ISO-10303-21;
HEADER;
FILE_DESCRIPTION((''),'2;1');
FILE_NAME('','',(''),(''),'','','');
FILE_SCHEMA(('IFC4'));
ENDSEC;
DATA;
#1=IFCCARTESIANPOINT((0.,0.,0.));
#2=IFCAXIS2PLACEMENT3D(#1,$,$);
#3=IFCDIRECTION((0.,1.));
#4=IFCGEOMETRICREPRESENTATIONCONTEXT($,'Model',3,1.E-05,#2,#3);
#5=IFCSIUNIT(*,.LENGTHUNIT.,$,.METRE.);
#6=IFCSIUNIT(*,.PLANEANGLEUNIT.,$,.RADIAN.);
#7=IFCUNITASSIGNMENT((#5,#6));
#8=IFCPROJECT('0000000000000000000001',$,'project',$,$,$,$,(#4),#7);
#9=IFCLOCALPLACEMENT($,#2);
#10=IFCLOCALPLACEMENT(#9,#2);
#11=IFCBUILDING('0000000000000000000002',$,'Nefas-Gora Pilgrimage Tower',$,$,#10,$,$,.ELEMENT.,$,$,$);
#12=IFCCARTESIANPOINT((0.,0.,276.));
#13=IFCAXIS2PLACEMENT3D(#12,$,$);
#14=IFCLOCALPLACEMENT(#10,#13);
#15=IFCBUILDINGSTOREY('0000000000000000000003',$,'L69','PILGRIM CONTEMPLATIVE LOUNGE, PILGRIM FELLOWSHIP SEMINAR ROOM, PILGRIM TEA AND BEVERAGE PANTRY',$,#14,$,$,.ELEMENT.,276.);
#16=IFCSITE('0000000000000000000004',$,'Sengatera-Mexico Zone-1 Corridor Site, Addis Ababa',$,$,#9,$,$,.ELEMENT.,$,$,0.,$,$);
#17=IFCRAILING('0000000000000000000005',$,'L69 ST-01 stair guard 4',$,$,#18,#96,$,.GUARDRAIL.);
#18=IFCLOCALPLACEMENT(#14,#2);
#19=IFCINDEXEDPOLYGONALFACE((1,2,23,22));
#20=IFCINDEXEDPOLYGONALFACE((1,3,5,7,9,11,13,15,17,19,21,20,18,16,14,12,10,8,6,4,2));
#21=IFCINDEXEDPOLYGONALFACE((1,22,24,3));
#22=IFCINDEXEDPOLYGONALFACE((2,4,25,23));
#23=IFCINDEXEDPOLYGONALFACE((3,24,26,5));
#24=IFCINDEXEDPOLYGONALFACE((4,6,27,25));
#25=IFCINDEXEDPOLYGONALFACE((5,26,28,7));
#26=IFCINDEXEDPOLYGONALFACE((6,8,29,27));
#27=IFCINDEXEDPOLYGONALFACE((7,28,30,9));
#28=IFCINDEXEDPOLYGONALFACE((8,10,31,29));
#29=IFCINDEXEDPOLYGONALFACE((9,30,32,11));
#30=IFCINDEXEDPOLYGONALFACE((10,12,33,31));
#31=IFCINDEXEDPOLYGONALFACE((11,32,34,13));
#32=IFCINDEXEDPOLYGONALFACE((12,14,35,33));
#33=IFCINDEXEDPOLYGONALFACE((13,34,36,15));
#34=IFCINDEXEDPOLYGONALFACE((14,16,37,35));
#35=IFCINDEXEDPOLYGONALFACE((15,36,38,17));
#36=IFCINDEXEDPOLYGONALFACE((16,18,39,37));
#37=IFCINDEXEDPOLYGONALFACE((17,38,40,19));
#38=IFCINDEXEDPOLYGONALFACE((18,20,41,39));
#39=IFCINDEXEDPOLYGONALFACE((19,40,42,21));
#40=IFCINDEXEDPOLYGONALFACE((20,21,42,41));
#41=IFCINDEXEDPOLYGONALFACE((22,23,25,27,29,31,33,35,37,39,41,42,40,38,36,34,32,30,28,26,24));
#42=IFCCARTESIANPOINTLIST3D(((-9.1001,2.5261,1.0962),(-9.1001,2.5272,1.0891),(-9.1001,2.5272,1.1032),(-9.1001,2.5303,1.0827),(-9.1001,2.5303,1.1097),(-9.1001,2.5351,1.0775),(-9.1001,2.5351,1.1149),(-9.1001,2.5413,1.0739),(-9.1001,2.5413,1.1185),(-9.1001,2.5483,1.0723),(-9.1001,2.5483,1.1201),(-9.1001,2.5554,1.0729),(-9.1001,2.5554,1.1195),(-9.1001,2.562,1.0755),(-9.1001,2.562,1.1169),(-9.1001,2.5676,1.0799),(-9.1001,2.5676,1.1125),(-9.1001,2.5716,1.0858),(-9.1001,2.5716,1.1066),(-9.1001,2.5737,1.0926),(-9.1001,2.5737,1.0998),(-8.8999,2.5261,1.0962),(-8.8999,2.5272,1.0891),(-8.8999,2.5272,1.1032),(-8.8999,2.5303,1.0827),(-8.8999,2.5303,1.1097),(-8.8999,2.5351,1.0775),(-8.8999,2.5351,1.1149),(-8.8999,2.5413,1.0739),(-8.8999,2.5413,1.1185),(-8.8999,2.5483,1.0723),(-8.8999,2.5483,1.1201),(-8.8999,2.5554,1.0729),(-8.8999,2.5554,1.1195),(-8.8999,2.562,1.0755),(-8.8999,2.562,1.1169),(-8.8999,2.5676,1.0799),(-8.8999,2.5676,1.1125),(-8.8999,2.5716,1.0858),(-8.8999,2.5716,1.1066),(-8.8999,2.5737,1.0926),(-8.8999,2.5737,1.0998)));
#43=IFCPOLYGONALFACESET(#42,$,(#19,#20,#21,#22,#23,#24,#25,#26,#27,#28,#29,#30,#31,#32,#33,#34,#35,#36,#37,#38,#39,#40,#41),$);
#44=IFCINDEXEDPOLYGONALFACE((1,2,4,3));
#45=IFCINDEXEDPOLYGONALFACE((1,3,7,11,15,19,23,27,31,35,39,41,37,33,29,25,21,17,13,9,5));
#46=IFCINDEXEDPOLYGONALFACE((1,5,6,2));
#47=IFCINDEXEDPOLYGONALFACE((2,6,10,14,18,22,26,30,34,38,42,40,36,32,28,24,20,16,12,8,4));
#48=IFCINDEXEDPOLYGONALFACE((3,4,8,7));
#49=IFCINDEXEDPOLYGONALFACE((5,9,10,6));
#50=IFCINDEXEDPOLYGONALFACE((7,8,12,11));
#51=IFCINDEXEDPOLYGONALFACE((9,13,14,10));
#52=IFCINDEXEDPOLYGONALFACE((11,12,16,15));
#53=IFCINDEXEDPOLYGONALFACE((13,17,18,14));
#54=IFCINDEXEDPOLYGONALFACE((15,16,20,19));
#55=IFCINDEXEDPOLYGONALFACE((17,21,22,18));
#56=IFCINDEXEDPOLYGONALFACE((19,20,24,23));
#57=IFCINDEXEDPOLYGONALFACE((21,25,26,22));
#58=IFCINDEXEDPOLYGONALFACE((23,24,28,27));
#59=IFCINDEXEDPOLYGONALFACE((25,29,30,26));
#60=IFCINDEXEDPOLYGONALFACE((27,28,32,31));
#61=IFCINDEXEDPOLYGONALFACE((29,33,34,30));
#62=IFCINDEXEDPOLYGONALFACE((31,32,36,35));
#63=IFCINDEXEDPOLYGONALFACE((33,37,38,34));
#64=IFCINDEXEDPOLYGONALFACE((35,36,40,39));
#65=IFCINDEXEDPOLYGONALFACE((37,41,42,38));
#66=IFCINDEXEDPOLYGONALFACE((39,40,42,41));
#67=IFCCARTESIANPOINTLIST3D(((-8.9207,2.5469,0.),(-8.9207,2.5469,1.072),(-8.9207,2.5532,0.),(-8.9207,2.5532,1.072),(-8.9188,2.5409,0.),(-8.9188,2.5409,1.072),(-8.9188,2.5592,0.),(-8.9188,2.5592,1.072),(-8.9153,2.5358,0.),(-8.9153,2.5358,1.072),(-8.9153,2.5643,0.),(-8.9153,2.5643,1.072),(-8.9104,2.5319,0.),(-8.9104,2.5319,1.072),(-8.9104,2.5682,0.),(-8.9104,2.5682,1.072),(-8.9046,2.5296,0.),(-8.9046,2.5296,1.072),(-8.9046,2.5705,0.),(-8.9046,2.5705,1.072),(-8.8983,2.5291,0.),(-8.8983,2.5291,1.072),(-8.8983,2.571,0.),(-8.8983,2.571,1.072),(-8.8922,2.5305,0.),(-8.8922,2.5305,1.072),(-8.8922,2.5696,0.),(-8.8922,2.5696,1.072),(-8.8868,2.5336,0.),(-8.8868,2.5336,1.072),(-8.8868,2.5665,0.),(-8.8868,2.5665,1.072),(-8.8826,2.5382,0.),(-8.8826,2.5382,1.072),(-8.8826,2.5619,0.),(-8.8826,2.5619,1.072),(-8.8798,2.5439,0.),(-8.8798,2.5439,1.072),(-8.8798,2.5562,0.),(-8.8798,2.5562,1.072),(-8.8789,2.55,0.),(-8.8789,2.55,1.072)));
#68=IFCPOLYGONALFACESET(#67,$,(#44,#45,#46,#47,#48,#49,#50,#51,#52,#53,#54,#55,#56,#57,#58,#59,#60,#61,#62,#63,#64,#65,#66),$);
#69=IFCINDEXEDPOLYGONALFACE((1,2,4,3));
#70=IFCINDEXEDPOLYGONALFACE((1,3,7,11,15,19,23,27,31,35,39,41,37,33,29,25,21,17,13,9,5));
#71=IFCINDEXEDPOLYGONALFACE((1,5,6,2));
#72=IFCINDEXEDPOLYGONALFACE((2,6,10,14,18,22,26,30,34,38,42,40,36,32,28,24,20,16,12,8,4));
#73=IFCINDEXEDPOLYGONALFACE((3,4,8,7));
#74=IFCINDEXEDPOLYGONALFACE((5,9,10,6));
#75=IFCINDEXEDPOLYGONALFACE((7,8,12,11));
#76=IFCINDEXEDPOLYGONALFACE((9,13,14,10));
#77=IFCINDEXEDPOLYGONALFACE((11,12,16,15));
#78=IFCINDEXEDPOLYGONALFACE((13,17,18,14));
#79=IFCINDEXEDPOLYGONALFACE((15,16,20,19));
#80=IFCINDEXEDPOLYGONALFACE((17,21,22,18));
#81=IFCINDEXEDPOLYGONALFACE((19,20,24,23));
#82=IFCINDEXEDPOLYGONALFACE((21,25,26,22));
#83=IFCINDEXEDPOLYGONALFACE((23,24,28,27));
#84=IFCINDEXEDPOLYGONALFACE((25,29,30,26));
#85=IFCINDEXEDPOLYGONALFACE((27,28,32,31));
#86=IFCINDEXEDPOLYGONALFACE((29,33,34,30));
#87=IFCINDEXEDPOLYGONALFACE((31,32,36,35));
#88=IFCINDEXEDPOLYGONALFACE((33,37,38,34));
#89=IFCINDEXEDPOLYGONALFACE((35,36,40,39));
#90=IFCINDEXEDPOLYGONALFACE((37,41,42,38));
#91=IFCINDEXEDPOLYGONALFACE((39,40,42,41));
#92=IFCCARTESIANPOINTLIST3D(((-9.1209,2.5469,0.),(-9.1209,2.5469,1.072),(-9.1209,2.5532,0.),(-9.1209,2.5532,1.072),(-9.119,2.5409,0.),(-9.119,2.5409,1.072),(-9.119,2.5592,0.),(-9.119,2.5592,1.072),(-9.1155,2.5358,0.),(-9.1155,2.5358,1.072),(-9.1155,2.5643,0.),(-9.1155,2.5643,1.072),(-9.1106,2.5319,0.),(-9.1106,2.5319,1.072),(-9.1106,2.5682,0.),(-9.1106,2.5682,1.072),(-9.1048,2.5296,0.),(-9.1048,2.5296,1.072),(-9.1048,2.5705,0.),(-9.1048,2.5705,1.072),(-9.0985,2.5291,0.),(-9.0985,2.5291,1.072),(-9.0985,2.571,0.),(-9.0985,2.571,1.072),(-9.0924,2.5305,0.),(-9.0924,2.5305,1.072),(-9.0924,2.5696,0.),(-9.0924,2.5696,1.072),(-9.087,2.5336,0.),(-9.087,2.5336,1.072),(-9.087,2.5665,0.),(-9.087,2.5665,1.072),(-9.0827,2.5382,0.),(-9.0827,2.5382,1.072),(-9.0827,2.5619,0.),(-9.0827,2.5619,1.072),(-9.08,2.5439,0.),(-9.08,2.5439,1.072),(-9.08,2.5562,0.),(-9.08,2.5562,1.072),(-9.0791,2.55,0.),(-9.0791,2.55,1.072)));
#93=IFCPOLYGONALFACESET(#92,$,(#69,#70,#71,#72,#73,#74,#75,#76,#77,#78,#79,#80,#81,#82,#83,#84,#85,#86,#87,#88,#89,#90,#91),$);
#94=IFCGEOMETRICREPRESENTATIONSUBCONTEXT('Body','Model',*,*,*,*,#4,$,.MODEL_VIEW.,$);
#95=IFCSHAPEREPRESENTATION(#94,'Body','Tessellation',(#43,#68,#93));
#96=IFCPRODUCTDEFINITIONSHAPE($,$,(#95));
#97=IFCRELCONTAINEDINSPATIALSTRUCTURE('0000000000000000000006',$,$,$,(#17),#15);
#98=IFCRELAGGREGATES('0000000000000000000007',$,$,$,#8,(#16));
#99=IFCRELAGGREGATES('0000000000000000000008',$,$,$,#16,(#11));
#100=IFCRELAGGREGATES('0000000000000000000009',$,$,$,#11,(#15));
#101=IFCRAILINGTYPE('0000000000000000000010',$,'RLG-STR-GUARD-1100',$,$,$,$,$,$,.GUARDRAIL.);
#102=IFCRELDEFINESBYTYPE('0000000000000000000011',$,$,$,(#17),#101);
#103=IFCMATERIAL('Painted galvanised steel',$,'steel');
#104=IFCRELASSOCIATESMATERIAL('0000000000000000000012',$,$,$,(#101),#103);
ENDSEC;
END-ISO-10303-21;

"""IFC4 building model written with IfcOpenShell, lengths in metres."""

from ifc_helpers import new_model, si_unit, direction, frame, origin, origin_2d, place, context, subcontext, project, spatial, circle, extrude, material, type_object, element, save


model = new_model("IFC4")

# Units and contexts
model_context = context("Model", 3, precision=1e-05, world=origin(), true_north=direction((0.0, 1.0)))
body_context = subcontext(model_context, "Body", "Model", "MODEL_VIEW")
ifc_project = project(units=[si_unit("LENGTHUNIT", "METRE"), si_unit("PLANEANGLEUNIT", "RADIAN")], contexts=[model_context])

# Site, building, storey
site_placement = place(None, origin())
site = spatial("IfcSite", under=ifc_project, at=site_placement, Name="Sengatera-Mexico Zone-1 Corridor Site, Addis Ababa", CompositionType="ELEMENT", RefElevation=0.0)
building_placement = place(site_placement, origin())
building = spatial("IfcBuilding", under=site, at=building_placement, Name="Nefas-Gora Pilgrimage Tower", CompositionType="ELEMENT")
storey_placement = place(building_placement, frame((0.0, 0.0, 276.0)))
storey = spatial("IfcBuildingStorey", under=building, at=storey_placement, Name="L69", Description="PILGRIM CONTEMPLATIVE LOUNGE, PILGRIM FELLOWSHIP SEMINAR ROOM, PILGRIM TEA AND BEVERAGE PANTRY", CompositionType="ELEMENT", Elevation=276.0)

# Railing
ifc_material_1 = material(Name="Painted galvanised steel", Category="steel")
railing_type_1 = type_object("IfcRailingType", Name="RLG-STR-GUARD-1100", PredefinedType="GUARDRAIL", material=ifc_material_1)
railing_1_placement = place(storey_placement, frame((-8.8999, 2.55, 0.0)))
element("IfcRailing", 1, at=railing_1_placement, inside=storey, type_object=railing_type_1, Name="L69 ST-01 stair guard 4", PredefinedType="GUARDRAIL", context=body_context, shape_type="SweptSolid", body=[
    extrude(circle(Radius=0.0239, at=origin_2d()), frame((0.0, 0.0, 1.0962), z_axis=(-1.0, 0.0, 0.0), x_axis=(0.0, -1.0, 0.0)), (0.0, 0.0, 1.0), 0.2002),
    extrude(circle(Radius=0.021, at=origin_2d()), origin(), (0.0, 0.0, 1.0), 1.072),
    extrude(circle(Radius=0.021, at=origin_2d()), frame((-0.2002, 0.0, 0.0)), (0.0, 0.0, 1.0), 1.072),
])

save(model, "model.ifc")
